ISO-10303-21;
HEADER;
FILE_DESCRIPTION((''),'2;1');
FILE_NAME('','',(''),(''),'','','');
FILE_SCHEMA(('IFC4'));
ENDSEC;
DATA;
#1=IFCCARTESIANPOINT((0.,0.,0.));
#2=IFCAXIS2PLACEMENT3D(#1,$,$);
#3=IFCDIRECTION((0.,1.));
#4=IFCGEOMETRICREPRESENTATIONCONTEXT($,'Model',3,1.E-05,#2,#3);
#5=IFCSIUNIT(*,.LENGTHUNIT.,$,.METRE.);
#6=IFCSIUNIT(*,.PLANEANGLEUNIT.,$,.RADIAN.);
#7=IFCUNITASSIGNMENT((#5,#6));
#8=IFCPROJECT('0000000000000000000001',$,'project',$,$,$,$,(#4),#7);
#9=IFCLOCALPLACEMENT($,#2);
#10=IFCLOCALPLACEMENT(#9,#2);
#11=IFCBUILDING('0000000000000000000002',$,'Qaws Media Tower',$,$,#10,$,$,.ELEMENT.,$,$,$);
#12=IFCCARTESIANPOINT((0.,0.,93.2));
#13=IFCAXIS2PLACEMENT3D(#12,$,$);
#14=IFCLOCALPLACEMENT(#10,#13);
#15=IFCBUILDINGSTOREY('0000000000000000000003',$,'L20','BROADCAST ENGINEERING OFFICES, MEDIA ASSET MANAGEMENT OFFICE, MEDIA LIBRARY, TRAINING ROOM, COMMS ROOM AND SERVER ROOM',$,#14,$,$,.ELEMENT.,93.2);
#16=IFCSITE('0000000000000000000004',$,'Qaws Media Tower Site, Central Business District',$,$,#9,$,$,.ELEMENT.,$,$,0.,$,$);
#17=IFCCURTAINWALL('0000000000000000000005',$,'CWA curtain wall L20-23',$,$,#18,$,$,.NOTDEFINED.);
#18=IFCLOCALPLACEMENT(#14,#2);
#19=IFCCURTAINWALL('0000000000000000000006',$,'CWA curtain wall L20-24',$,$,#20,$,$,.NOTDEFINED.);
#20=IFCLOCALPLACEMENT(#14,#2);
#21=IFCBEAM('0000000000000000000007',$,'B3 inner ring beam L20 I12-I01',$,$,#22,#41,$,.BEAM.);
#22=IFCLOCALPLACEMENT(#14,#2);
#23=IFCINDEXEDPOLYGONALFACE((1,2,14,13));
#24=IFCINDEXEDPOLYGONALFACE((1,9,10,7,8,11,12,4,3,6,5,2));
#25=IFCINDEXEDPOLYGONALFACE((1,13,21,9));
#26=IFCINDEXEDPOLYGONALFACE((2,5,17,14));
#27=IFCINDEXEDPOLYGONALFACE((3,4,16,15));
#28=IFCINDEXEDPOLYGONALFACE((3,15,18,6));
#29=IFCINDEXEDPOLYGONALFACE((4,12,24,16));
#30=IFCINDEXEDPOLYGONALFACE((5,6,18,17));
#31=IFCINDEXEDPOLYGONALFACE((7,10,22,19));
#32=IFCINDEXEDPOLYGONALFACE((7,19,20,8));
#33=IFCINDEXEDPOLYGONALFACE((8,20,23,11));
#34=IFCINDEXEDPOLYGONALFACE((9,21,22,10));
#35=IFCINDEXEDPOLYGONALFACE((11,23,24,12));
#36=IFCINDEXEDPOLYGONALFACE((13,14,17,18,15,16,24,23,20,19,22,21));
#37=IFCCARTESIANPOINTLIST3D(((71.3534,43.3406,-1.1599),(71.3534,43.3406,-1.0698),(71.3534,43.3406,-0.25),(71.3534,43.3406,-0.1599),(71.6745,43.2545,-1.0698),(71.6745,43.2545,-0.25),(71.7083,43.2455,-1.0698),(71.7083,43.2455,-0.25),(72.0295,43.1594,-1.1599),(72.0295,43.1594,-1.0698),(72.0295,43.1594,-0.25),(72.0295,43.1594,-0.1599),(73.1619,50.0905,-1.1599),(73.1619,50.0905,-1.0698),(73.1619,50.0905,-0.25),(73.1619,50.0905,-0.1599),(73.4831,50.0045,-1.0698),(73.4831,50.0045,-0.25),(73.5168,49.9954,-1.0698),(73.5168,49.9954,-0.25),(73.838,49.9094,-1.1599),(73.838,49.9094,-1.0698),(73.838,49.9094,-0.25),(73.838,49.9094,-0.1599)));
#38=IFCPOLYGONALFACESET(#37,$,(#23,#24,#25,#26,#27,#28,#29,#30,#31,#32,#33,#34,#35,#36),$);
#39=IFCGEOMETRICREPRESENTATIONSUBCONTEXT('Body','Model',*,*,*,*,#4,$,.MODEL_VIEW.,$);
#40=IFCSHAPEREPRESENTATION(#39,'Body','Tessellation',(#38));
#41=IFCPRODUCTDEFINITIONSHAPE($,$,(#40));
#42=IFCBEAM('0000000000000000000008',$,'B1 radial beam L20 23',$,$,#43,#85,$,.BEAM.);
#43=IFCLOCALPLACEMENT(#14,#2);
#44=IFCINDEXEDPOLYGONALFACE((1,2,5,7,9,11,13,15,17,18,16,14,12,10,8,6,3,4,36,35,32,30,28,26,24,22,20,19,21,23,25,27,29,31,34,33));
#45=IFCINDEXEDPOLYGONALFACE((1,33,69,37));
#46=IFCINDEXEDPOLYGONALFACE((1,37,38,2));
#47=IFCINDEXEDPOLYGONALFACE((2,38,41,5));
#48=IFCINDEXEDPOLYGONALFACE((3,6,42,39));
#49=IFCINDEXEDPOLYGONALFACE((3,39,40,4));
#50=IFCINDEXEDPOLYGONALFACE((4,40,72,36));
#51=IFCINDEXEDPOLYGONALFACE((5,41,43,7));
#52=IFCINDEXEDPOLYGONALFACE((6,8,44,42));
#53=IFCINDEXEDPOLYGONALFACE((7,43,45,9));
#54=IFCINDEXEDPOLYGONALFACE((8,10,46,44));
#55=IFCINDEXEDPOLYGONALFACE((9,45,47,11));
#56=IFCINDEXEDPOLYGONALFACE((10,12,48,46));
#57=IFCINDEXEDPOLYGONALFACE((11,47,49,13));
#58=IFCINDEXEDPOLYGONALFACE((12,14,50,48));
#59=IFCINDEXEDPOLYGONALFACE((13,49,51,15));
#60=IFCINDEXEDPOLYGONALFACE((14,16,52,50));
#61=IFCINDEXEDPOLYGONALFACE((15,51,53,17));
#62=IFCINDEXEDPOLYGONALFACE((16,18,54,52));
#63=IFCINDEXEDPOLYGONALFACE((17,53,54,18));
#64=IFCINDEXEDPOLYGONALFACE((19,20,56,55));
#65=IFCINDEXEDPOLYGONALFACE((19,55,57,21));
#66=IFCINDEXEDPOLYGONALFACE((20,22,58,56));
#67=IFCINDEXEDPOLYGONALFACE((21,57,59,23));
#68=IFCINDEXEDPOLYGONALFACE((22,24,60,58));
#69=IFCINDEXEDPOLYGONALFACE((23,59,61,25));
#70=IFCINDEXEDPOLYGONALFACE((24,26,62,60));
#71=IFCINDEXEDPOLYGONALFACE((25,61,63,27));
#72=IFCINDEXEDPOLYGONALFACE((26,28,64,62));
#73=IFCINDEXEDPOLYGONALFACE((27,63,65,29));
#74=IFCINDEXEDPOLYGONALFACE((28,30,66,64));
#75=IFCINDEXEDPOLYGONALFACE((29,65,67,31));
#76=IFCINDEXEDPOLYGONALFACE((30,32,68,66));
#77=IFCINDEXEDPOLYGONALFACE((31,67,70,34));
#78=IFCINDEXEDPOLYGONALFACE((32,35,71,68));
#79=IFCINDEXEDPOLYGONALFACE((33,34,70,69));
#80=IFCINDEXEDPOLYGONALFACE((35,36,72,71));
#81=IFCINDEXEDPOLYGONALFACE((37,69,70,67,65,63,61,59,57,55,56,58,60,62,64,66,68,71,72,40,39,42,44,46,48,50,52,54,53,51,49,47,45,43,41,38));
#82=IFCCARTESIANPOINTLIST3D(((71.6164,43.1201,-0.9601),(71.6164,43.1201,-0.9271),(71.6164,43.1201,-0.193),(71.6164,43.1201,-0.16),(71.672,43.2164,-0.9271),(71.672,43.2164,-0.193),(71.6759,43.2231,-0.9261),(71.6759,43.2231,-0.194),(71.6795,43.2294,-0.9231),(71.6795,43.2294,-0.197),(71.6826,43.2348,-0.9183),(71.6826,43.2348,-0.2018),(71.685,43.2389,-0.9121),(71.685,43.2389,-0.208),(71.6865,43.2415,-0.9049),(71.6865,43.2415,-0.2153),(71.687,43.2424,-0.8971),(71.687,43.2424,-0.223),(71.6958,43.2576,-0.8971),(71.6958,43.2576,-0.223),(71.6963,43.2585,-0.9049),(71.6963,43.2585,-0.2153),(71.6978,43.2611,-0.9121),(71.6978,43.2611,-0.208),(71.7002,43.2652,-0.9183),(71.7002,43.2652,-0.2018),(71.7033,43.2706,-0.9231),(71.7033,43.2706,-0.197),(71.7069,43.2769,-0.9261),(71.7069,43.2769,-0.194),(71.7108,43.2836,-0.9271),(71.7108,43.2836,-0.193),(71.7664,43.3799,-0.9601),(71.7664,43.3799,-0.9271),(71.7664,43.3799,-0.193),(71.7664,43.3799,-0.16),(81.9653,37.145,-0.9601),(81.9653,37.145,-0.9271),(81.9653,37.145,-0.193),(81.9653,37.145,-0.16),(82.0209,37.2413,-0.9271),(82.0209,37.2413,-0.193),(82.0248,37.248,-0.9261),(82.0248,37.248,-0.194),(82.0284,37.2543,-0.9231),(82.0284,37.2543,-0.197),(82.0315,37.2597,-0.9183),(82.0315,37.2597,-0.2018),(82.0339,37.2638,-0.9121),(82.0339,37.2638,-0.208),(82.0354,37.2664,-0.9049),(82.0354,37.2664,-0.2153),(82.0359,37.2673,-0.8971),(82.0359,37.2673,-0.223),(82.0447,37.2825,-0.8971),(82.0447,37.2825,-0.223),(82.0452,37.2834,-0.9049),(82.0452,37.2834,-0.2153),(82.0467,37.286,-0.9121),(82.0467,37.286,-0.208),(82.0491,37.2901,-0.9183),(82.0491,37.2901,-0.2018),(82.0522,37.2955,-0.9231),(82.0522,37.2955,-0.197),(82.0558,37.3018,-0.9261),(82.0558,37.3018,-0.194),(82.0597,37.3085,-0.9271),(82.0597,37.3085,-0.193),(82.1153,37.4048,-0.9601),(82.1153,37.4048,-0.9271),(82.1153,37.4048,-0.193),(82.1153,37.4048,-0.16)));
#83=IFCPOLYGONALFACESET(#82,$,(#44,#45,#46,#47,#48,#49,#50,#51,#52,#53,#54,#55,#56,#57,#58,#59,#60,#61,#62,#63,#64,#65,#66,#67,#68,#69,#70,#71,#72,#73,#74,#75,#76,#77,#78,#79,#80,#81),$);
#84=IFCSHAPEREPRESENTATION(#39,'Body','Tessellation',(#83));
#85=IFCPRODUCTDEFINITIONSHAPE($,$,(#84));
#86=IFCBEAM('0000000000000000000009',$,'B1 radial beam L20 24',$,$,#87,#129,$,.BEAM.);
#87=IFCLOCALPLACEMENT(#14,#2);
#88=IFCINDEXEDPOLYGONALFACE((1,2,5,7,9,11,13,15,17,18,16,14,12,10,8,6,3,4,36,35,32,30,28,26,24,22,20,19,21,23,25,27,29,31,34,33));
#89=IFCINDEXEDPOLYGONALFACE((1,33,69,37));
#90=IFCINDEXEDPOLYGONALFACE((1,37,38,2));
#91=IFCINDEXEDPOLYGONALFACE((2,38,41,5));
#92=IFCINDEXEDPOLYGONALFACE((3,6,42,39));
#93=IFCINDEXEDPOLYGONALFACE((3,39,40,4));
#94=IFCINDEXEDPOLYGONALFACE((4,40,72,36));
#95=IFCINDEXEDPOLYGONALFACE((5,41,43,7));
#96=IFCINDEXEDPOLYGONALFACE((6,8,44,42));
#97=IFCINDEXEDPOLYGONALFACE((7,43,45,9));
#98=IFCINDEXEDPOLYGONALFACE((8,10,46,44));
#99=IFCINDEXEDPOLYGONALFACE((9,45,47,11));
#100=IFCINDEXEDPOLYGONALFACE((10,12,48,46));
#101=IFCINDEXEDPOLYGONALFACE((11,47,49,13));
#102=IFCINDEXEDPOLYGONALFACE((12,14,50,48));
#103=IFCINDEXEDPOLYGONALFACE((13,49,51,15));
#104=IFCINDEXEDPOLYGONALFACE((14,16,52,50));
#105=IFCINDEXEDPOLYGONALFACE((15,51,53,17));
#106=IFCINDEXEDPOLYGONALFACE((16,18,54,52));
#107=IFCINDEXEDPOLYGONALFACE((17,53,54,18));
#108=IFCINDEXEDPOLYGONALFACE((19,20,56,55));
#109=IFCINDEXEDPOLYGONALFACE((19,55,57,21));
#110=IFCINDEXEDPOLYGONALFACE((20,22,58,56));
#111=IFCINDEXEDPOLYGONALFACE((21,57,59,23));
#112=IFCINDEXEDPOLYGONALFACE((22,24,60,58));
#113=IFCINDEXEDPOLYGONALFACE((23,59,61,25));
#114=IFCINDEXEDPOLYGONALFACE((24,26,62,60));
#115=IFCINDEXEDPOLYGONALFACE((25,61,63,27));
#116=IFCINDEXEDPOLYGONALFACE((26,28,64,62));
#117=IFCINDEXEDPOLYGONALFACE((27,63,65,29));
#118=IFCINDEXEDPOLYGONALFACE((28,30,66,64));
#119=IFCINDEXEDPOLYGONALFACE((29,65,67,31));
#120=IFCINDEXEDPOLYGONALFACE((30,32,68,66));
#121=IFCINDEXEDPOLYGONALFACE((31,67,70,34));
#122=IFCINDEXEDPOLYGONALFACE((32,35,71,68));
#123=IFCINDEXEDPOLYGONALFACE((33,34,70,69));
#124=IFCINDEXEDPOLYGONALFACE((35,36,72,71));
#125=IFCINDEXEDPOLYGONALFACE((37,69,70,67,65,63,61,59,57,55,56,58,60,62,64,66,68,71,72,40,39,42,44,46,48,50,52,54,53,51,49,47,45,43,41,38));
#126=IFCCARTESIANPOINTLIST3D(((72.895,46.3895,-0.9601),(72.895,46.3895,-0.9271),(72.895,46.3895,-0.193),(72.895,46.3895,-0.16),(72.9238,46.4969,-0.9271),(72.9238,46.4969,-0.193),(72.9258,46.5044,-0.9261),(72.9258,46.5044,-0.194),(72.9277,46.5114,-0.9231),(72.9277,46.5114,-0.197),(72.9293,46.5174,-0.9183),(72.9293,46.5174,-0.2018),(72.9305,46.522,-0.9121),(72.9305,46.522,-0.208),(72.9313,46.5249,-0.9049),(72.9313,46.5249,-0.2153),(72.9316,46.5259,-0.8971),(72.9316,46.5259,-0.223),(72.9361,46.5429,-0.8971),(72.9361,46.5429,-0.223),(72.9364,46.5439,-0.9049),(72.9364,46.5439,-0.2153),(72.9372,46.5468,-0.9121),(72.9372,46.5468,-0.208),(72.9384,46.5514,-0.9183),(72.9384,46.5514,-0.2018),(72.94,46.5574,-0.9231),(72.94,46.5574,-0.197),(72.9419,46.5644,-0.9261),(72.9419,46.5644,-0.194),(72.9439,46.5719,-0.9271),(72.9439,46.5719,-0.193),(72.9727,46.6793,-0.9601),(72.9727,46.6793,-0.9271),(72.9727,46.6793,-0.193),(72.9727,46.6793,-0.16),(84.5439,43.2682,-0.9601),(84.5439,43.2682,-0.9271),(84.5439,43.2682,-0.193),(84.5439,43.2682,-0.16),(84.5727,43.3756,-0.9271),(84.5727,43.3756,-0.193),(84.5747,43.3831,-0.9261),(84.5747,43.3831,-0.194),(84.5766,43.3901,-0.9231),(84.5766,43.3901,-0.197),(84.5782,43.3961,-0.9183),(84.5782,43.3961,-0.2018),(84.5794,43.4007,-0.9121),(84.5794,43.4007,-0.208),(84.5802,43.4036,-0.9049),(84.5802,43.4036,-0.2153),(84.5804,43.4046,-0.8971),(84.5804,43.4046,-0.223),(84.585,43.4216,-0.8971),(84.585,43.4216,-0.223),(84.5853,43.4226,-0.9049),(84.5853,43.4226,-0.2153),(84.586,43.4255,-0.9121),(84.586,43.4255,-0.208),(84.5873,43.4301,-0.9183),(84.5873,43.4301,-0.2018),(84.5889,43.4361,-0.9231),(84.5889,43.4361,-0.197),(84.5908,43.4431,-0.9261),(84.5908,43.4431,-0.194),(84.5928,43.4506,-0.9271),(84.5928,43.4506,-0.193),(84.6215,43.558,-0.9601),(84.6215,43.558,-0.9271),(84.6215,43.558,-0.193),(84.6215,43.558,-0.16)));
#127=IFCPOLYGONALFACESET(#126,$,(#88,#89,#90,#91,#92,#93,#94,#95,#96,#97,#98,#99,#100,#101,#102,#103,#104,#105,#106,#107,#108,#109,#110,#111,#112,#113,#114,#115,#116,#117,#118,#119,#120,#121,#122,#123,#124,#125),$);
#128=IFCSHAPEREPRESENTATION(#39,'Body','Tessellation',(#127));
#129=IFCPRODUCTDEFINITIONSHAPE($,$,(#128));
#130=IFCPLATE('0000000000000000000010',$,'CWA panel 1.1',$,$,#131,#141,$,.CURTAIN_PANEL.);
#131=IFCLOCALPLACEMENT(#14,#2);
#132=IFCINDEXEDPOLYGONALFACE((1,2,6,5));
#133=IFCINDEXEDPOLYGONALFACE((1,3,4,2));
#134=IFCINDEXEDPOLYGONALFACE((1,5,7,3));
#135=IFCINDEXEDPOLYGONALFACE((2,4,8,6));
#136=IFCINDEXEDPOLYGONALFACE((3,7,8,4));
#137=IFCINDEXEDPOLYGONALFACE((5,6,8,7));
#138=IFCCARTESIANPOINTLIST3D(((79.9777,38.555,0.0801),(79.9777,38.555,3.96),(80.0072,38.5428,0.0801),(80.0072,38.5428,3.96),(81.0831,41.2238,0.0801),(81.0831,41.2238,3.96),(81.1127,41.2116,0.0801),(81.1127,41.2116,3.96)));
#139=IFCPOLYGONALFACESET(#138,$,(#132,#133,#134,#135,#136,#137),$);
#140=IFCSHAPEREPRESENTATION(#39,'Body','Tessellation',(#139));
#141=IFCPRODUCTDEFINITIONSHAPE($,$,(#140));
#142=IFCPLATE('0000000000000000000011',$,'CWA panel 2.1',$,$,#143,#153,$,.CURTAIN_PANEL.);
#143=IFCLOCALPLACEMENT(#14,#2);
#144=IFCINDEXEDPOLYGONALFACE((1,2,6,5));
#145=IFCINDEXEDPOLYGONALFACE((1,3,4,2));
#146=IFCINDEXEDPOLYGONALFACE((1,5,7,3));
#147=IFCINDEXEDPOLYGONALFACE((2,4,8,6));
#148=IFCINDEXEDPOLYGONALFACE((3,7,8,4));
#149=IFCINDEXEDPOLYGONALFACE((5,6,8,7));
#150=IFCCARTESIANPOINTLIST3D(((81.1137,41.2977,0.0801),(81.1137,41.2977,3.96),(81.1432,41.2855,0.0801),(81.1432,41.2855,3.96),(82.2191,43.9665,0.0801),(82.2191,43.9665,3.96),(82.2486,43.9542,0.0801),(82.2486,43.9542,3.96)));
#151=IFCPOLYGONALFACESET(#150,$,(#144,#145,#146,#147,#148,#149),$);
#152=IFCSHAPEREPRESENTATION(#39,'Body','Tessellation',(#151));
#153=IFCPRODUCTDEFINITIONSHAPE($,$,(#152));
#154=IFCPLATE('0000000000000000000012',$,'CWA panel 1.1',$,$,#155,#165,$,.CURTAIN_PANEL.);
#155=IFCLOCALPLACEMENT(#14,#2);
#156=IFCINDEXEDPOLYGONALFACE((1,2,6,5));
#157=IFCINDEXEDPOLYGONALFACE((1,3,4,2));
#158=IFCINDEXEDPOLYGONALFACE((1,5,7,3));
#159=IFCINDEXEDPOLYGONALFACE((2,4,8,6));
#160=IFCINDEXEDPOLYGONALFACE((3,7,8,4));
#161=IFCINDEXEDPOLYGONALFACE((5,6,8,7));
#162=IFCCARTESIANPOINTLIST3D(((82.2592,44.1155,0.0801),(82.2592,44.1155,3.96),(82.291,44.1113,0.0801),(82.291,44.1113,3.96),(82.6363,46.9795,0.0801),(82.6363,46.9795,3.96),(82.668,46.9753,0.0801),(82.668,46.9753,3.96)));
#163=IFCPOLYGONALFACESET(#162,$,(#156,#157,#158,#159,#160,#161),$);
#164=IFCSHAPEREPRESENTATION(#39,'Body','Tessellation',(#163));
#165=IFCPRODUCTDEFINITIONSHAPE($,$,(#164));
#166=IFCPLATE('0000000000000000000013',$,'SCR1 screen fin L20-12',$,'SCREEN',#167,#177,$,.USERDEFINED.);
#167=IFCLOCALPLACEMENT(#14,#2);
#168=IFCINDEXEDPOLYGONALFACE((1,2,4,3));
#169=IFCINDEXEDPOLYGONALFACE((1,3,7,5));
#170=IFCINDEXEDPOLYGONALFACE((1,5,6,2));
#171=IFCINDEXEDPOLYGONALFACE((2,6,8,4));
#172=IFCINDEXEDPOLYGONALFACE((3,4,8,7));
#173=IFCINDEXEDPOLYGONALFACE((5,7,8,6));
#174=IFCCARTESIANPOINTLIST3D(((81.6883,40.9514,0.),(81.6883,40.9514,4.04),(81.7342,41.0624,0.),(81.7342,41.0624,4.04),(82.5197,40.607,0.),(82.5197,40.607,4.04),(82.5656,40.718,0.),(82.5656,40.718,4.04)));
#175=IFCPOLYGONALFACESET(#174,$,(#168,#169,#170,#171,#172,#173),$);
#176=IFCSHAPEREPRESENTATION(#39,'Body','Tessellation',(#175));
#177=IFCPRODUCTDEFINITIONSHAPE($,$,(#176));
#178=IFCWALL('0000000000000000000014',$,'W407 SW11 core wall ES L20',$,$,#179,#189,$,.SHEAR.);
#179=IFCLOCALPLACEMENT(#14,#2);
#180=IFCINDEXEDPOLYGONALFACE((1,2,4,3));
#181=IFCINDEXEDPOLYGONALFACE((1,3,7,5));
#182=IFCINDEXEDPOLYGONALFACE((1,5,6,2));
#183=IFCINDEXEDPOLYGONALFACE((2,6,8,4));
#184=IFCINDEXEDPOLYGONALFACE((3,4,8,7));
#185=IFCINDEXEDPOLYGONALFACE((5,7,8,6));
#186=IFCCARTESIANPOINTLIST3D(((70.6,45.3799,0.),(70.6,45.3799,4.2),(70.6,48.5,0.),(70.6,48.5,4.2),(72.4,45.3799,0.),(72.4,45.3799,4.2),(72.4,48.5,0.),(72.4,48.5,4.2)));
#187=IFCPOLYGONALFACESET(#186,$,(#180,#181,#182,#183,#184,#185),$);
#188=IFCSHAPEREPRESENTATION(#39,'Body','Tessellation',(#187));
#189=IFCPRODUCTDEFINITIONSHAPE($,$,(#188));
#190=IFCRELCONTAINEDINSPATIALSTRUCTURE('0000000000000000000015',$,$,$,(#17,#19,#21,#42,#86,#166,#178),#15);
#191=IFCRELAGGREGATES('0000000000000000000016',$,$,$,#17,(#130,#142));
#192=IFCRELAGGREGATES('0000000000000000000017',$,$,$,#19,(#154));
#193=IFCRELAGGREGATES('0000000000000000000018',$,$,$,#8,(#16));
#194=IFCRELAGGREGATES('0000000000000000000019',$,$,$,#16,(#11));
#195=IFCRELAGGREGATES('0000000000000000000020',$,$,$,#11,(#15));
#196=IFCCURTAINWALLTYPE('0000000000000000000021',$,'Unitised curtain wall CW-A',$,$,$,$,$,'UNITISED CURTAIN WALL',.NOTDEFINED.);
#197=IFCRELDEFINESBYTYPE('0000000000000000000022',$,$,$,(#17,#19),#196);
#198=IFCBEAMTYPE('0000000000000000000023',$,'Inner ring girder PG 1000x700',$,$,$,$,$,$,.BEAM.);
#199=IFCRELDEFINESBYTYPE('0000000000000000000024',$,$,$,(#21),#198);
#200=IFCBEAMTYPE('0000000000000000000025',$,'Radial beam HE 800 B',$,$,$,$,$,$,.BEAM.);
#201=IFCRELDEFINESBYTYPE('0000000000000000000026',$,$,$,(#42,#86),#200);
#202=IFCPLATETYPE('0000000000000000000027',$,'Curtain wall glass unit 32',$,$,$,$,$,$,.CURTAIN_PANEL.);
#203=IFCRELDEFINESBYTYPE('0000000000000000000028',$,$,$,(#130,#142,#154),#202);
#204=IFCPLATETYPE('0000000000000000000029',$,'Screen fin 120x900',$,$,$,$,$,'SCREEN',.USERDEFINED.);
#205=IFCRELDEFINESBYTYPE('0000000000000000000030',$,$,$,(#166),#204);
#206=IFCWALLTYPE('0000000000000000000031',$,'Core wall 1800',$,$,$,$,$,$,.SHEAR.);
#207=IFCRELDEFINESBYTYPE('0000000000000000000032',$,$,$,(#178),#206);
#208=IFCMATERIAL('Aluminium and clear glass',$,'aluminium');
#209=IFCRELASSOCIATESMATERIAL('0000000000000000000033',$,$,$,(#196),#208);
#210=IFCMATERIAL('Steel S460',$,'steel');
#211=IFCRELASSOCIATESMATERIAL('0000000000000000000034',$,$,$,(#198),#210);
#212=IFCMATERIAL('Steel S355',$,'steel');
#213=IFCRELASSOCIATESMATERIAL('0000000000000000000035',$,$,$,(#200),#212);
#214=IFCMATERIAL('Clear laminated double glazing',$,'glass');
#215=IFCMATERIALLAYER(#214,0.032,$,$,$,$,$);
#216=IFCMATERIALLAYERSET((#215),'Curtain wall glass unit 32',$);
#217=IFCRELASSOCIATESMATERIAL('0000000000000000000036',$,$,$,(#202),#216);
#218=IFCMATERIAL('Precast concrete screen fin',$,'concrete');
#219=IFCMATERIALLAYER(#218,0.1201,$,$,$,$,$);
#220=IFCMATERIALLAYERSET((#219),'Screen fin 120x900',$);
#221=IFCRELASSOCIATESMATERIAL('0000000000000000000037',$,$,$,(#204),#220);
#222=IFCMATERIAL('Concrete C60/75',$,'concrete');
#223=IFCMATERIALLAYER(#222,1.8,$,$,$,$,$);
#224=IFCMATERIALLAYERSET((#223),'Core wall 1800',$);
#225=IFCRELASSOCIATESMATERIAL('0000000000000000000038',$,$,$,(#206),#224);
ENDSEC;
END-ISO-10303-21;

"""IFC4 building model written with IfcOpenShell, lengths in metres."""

from ifc_helpers import new_model, si_unit, direction, frame, frame_2d, origin, origin_2d, place, context, subcontext, project, spatial, rectangle, i_section, extrude, material, layer, layer_set, material_profile, profile_set, type_object, element, aggregate, save


model = new_model("IFC4")

# Units and contexts
model_context = context("Model", 3, precision=1e-05, world=origin(), true_north=direction((0.0, 1.0)))
body_context = subcontext(model_context, "Body", "Model", "MODEL_VIEW")
ifc_project = project(units=[si_unit("LENGTHUNIT", "METRE"), si_unit("PLANEANGLEUNIT", "RADIAN")], contexts=[model_context])

# Site, building, storey
site_placement = place(None, origin())
site = spatial("IfcSite", under=ifc_project, at=site_placement, Name="Qaws Media Tower Site, Central Business District", CompositionType="ELEMENT", RefElevation=0.0)
building_placement = place(site_placement, origin())
building = spatial("IfcBuilding", under=site, at=building_placement, Name="Qaws Media Tower", CompositionType="ELEMENT")
storey_placement = place(building_placement, frame((0.0, 0.0, 93.2)))
storey = spatial("IfcBuildingStorey", under=building, at=storey_placement, Name="L20", Description="BROADCAST ENGINEERING OFFICES, MEDIA ASSET MANAGEMENT OFFICE, MEDIA LIBRARY, TRAINING ROOM, COMMS ROOM AND SERVER ROOM", CompositionType="ELEMENT", Elevation=93.2)

# Shared definitions
ifc_material_1 = material(Name="Aluminium and clear glass", Category="aluminium")
curtain_wall_type = type_object("IfcCurtainWallType", Name="Unitised curtain wall CW-A", ElementType="UNITISED CURTAIN WALL", PredefinedType="NOTDEFINED", material=ifc_material_1)

# Curtain walls
curtain_wall_1_placement = place(storey_placement, origin())
curtain_wall_1 = element("IfcCurtainWall", 1, at=curtain_wall_1_placement, inside=storey, type_object=curtain_wall_type, Name="CWA curtain wall L20-23", PredefinedType="NOTDEFINED")
curtain_wall_2_placement = place(storey_placement, origin())
curtain_wall_2 = element("IfcCurtainWall", 2, at=curtain_wall_2_placement, inside=storey, type_object=curtain_wall_type, Name="CWA curtain wall L20-24", PredefinedType="NOTDEFINED")

# Beams
ifc_material_2 = material(Name="Steel S460", Category="steel")
ifc_material_profile_1 = material_profile(ifc_material_2, i_section(OverallWidth=0.7, OverallDepth=1.0, WebThickness=0.0349, FlangeThickness=0.0901, at=origin_2d()), Name="PG 1000x700")
ifc_profile_set_1 = profile_set([ifc_material_profile_1], Name="Steel S460")
beam_type_1 = type_object("IfcBeamType", Name="Inner ring girder PG 1000x700", PredefinedType="BEAM", material=ifc_profile_set_1)
beam_1_placement = place(storey_placement, frame((71.6914, 43.25, -0.6599), z_axis=(0.258811, 0.965928, 0.0), x_axis=(-0.965928, 0.258811, 0.0)))
element("IfcBeam", 3, at=beam_1_placement, inside=storey, type_object=beam_type_1, Name="B3 inner ring beam L20 I12-I01", PredefinedType="BEAM", context=body_context, shape_type="SweptSolid", body=[
    extrude(i_section(OverallWidth=0.7, OverallDepth=1.0, WebThickness=0.0349, FlangeThickness=0.0901, at=origin_2d()), origin(), (0.0, 0.0, 1.0), 6.988),
])
ifc_material_3 = material(Name="Steel S355", Category="steel")
ifc_material_profile_2 = material_profile(ifc_material_3, i_section(OverallWidth=0.3, OverallDepth=0.8, WebThickness=0.0176, FlangeThickness=0.033, FilletRadius=0.03, at=origin_2d()), Name="HE 800 B")
ifc_profile_set_2 = profile_set([ifc_material_profile_2], Name="Steel S355")
beam_type_2 = type_object("IfcBeamType", Name="Radial beam HE 800 B", PredefinedType="BEAM", material=ifc_profile_set_2)
beam_2_placement = place(storey_placement, frame((71.6914, 43.25, -0.5601), z_axis=(0.866019, -0.500011, 0.0), x_axis=(0.500011, 0.866019, 0.0)))
element("IfcBeam", 4, at=beam_2_placement, inside=storey, type_object=beam_type_2, Name="B1 radial beam L20 23", PredefinedType="BEAM", context=body_context, shape_type="SweptSolid", body=[
    extrude(i_section(OverallWidth=0.3, OverallDepth=0.8, WebThickness=0.0176, FlangeThickness=0.033, FilletRadius=0.03, at=origin_2d()), origin(), (0.0, 0.0, 1.0), 11.95),
])
beam_3_placement = place(storey_placement, frame((72.9338, 46.5344, -0.5601), z_axis=(0.965925, -0.25882, 0.0), x_axis=(0.25882, 0.965925, 0.0)))
element("IfcBeam", 5, at=beam_3_placement, inside=storey, type_object=beam_type_2, Name="B1 radial beam L20 24", PredefinedType="BEAM", context=body_context, shape_type="SweptSolid", body=[
    extrude(i_section(OverallWidth=0.3, OverallDepth=0.8, WebThickness=0.0176, FlangeThickness=0.033, FilletRadius=0.03, at=origin_2d()), origin(), (0.0, 0.0, 1.0), 12.0598),
])

# Plates
ifc_material_4 = material(Name="Clear laminated double glazing", Category="glass")
ifc_layer_1 = layer(ifc_material_4, 0.032)
ifc_layer_set_1 = layer_set([ifc_layer_1], Name="Curtain wall glass unit 32")
plate_type_1 = type_object("IfcPlateType", Name="Curtain wall glass unit 32", PredefinedType="CURTAIN_PANEL", material=ifc_layer_set_1)
plate_1_placement = place(storey_placement, frame((80.5452, 39.8833, 0.0801), z_axis=(0.0, 0.0, 1.0), x_axis=(0.382683, 0.92388, 0.0)))
plate_1 = element("IfcPlate", 6, at=plate_1_placement, type_object=plate_type_1, Name="CWA panel 1.1", PredefinedType="CURTAIN_PANEL", context=body_context, shape_type="SweptSolid", body=[
    extrude(rectangle(XDim=2.8887, YDim=0.032, at=origin_2d()), origin(), (0.0, 0.0, 1.0), 3.8799),
])
plate_2_placement = place(storey_placement, frame((81.6812, 42.626, 0.0801), z_axis=(0.0, 0.0, 1.0), x_axis=(0.382683, 0.92388, 0.0)))
plate_2 = element("IfcPlate", 7, at=plate_2_placement, type_object=plate_type_1, Name="CWA panel 2.1", PredefinedType="CURTAIN_PANEL", context=body_context, shape_type="SweptSolid", body=[
    extrude(rectangle(XDim=2.8887, YDim=0.032, at=origin_2d()), origin(), (0.0, 0.0, 1.0), 3.8799),
])
aggregate(curtain_wall_1, [plate_1, plate_2])
plate_3_placement = place(storey_placement, frame((82.4636, 45.5454, 0.0801), z_axis=(0.0, 0.0, 1.0), x_axis=(0.130526, 0.991445, 0.0)))
plate_3 = element("IfcPlate", 8, at=plate_3_placement, type_object=plate_type_1, Name="CWA panel 1.1", PredefinedType="CURTAIN_PANEL", context=body_context, shape_type="SweptSolid", body=[
    extrude(rectangle(XDim=2.8887, YDim=0.032, at=origin_2d()), origin(), (0.0, 0.0, 1.0), 3.8799),
])
aggregate(curtain_wall_2, [plate_3])
ifc_material_5 = material(Name="Precast concrete screen fin", Category="concrete")
ifc_layer_2 = layer(ifc_material_5, 0.1201)
ifc_layer_set_2 = layer_set([ifc_layer_2], Name="Screen fin 120x900")
plate_type_2 = type_object("IfcPlateType", Name="Screen fin 120x900", ElementType="SCREEN", PredefinedType="USERDEFINED", material=ifc_layer_set_2)
plate_4_placement = place(storey_placement, frame((82.127, 40.8347, 0.0), z_axis=(0.0, 0.0, 1.0), x_axis=(0.92388, -0.382683, 0.0)))
element("IfcPlate", 9, at=plate_4_placement, inside=storey, type_object=plate_type_2, Name="SCR1 screen fin L20-12", ObjectType="SCREEN", PredefinedType="USERDEFINED", context=body_context, shape_type="SweptSolid", body=[
    extrude(rectangle(XDim=0.8999, YDim=0.1201, at=origin_2d()), origin(), (0.0, 0.0, 1.0), 4.04),
])

# Wall
ifc_material_6 = material(Name="Concrete C60/75", Category="concrete")
ifc_layer_3 = layer(ifc_material_6, 1.8)
ifc_layer_set_3 = layer_set([ifc_layer_3], Name="Core wall 1800")
wall_type_1 = type_object("IfcWallType", Name="Core wall 1800", PredefinedType="SHEAR", material=ifc_layer_set_3)
wall_1_placement = place(storey_placement, frame((71.5, 45.3799, 0.0), z_axis=(0.0, 0.0, 1.0), x_axis=(0.0, 1.0, 0.0)))
element("IfcWall", 10, at=wall_1_placement, inside=storey, type_object=wall_type_1, Name="W407 SW11 core wall ES L20", PredefinedType="SHEAR", context=body_context, shape_type="SweptSolid", body=[
    extrude(rectangle(XDim=3.1201, YDim=1.8, at=frame_2d((1.5601, 0.0))), origin(), (0.0, 0.0, 1.0), 4.2),
])

save(model, "model.ifc")
